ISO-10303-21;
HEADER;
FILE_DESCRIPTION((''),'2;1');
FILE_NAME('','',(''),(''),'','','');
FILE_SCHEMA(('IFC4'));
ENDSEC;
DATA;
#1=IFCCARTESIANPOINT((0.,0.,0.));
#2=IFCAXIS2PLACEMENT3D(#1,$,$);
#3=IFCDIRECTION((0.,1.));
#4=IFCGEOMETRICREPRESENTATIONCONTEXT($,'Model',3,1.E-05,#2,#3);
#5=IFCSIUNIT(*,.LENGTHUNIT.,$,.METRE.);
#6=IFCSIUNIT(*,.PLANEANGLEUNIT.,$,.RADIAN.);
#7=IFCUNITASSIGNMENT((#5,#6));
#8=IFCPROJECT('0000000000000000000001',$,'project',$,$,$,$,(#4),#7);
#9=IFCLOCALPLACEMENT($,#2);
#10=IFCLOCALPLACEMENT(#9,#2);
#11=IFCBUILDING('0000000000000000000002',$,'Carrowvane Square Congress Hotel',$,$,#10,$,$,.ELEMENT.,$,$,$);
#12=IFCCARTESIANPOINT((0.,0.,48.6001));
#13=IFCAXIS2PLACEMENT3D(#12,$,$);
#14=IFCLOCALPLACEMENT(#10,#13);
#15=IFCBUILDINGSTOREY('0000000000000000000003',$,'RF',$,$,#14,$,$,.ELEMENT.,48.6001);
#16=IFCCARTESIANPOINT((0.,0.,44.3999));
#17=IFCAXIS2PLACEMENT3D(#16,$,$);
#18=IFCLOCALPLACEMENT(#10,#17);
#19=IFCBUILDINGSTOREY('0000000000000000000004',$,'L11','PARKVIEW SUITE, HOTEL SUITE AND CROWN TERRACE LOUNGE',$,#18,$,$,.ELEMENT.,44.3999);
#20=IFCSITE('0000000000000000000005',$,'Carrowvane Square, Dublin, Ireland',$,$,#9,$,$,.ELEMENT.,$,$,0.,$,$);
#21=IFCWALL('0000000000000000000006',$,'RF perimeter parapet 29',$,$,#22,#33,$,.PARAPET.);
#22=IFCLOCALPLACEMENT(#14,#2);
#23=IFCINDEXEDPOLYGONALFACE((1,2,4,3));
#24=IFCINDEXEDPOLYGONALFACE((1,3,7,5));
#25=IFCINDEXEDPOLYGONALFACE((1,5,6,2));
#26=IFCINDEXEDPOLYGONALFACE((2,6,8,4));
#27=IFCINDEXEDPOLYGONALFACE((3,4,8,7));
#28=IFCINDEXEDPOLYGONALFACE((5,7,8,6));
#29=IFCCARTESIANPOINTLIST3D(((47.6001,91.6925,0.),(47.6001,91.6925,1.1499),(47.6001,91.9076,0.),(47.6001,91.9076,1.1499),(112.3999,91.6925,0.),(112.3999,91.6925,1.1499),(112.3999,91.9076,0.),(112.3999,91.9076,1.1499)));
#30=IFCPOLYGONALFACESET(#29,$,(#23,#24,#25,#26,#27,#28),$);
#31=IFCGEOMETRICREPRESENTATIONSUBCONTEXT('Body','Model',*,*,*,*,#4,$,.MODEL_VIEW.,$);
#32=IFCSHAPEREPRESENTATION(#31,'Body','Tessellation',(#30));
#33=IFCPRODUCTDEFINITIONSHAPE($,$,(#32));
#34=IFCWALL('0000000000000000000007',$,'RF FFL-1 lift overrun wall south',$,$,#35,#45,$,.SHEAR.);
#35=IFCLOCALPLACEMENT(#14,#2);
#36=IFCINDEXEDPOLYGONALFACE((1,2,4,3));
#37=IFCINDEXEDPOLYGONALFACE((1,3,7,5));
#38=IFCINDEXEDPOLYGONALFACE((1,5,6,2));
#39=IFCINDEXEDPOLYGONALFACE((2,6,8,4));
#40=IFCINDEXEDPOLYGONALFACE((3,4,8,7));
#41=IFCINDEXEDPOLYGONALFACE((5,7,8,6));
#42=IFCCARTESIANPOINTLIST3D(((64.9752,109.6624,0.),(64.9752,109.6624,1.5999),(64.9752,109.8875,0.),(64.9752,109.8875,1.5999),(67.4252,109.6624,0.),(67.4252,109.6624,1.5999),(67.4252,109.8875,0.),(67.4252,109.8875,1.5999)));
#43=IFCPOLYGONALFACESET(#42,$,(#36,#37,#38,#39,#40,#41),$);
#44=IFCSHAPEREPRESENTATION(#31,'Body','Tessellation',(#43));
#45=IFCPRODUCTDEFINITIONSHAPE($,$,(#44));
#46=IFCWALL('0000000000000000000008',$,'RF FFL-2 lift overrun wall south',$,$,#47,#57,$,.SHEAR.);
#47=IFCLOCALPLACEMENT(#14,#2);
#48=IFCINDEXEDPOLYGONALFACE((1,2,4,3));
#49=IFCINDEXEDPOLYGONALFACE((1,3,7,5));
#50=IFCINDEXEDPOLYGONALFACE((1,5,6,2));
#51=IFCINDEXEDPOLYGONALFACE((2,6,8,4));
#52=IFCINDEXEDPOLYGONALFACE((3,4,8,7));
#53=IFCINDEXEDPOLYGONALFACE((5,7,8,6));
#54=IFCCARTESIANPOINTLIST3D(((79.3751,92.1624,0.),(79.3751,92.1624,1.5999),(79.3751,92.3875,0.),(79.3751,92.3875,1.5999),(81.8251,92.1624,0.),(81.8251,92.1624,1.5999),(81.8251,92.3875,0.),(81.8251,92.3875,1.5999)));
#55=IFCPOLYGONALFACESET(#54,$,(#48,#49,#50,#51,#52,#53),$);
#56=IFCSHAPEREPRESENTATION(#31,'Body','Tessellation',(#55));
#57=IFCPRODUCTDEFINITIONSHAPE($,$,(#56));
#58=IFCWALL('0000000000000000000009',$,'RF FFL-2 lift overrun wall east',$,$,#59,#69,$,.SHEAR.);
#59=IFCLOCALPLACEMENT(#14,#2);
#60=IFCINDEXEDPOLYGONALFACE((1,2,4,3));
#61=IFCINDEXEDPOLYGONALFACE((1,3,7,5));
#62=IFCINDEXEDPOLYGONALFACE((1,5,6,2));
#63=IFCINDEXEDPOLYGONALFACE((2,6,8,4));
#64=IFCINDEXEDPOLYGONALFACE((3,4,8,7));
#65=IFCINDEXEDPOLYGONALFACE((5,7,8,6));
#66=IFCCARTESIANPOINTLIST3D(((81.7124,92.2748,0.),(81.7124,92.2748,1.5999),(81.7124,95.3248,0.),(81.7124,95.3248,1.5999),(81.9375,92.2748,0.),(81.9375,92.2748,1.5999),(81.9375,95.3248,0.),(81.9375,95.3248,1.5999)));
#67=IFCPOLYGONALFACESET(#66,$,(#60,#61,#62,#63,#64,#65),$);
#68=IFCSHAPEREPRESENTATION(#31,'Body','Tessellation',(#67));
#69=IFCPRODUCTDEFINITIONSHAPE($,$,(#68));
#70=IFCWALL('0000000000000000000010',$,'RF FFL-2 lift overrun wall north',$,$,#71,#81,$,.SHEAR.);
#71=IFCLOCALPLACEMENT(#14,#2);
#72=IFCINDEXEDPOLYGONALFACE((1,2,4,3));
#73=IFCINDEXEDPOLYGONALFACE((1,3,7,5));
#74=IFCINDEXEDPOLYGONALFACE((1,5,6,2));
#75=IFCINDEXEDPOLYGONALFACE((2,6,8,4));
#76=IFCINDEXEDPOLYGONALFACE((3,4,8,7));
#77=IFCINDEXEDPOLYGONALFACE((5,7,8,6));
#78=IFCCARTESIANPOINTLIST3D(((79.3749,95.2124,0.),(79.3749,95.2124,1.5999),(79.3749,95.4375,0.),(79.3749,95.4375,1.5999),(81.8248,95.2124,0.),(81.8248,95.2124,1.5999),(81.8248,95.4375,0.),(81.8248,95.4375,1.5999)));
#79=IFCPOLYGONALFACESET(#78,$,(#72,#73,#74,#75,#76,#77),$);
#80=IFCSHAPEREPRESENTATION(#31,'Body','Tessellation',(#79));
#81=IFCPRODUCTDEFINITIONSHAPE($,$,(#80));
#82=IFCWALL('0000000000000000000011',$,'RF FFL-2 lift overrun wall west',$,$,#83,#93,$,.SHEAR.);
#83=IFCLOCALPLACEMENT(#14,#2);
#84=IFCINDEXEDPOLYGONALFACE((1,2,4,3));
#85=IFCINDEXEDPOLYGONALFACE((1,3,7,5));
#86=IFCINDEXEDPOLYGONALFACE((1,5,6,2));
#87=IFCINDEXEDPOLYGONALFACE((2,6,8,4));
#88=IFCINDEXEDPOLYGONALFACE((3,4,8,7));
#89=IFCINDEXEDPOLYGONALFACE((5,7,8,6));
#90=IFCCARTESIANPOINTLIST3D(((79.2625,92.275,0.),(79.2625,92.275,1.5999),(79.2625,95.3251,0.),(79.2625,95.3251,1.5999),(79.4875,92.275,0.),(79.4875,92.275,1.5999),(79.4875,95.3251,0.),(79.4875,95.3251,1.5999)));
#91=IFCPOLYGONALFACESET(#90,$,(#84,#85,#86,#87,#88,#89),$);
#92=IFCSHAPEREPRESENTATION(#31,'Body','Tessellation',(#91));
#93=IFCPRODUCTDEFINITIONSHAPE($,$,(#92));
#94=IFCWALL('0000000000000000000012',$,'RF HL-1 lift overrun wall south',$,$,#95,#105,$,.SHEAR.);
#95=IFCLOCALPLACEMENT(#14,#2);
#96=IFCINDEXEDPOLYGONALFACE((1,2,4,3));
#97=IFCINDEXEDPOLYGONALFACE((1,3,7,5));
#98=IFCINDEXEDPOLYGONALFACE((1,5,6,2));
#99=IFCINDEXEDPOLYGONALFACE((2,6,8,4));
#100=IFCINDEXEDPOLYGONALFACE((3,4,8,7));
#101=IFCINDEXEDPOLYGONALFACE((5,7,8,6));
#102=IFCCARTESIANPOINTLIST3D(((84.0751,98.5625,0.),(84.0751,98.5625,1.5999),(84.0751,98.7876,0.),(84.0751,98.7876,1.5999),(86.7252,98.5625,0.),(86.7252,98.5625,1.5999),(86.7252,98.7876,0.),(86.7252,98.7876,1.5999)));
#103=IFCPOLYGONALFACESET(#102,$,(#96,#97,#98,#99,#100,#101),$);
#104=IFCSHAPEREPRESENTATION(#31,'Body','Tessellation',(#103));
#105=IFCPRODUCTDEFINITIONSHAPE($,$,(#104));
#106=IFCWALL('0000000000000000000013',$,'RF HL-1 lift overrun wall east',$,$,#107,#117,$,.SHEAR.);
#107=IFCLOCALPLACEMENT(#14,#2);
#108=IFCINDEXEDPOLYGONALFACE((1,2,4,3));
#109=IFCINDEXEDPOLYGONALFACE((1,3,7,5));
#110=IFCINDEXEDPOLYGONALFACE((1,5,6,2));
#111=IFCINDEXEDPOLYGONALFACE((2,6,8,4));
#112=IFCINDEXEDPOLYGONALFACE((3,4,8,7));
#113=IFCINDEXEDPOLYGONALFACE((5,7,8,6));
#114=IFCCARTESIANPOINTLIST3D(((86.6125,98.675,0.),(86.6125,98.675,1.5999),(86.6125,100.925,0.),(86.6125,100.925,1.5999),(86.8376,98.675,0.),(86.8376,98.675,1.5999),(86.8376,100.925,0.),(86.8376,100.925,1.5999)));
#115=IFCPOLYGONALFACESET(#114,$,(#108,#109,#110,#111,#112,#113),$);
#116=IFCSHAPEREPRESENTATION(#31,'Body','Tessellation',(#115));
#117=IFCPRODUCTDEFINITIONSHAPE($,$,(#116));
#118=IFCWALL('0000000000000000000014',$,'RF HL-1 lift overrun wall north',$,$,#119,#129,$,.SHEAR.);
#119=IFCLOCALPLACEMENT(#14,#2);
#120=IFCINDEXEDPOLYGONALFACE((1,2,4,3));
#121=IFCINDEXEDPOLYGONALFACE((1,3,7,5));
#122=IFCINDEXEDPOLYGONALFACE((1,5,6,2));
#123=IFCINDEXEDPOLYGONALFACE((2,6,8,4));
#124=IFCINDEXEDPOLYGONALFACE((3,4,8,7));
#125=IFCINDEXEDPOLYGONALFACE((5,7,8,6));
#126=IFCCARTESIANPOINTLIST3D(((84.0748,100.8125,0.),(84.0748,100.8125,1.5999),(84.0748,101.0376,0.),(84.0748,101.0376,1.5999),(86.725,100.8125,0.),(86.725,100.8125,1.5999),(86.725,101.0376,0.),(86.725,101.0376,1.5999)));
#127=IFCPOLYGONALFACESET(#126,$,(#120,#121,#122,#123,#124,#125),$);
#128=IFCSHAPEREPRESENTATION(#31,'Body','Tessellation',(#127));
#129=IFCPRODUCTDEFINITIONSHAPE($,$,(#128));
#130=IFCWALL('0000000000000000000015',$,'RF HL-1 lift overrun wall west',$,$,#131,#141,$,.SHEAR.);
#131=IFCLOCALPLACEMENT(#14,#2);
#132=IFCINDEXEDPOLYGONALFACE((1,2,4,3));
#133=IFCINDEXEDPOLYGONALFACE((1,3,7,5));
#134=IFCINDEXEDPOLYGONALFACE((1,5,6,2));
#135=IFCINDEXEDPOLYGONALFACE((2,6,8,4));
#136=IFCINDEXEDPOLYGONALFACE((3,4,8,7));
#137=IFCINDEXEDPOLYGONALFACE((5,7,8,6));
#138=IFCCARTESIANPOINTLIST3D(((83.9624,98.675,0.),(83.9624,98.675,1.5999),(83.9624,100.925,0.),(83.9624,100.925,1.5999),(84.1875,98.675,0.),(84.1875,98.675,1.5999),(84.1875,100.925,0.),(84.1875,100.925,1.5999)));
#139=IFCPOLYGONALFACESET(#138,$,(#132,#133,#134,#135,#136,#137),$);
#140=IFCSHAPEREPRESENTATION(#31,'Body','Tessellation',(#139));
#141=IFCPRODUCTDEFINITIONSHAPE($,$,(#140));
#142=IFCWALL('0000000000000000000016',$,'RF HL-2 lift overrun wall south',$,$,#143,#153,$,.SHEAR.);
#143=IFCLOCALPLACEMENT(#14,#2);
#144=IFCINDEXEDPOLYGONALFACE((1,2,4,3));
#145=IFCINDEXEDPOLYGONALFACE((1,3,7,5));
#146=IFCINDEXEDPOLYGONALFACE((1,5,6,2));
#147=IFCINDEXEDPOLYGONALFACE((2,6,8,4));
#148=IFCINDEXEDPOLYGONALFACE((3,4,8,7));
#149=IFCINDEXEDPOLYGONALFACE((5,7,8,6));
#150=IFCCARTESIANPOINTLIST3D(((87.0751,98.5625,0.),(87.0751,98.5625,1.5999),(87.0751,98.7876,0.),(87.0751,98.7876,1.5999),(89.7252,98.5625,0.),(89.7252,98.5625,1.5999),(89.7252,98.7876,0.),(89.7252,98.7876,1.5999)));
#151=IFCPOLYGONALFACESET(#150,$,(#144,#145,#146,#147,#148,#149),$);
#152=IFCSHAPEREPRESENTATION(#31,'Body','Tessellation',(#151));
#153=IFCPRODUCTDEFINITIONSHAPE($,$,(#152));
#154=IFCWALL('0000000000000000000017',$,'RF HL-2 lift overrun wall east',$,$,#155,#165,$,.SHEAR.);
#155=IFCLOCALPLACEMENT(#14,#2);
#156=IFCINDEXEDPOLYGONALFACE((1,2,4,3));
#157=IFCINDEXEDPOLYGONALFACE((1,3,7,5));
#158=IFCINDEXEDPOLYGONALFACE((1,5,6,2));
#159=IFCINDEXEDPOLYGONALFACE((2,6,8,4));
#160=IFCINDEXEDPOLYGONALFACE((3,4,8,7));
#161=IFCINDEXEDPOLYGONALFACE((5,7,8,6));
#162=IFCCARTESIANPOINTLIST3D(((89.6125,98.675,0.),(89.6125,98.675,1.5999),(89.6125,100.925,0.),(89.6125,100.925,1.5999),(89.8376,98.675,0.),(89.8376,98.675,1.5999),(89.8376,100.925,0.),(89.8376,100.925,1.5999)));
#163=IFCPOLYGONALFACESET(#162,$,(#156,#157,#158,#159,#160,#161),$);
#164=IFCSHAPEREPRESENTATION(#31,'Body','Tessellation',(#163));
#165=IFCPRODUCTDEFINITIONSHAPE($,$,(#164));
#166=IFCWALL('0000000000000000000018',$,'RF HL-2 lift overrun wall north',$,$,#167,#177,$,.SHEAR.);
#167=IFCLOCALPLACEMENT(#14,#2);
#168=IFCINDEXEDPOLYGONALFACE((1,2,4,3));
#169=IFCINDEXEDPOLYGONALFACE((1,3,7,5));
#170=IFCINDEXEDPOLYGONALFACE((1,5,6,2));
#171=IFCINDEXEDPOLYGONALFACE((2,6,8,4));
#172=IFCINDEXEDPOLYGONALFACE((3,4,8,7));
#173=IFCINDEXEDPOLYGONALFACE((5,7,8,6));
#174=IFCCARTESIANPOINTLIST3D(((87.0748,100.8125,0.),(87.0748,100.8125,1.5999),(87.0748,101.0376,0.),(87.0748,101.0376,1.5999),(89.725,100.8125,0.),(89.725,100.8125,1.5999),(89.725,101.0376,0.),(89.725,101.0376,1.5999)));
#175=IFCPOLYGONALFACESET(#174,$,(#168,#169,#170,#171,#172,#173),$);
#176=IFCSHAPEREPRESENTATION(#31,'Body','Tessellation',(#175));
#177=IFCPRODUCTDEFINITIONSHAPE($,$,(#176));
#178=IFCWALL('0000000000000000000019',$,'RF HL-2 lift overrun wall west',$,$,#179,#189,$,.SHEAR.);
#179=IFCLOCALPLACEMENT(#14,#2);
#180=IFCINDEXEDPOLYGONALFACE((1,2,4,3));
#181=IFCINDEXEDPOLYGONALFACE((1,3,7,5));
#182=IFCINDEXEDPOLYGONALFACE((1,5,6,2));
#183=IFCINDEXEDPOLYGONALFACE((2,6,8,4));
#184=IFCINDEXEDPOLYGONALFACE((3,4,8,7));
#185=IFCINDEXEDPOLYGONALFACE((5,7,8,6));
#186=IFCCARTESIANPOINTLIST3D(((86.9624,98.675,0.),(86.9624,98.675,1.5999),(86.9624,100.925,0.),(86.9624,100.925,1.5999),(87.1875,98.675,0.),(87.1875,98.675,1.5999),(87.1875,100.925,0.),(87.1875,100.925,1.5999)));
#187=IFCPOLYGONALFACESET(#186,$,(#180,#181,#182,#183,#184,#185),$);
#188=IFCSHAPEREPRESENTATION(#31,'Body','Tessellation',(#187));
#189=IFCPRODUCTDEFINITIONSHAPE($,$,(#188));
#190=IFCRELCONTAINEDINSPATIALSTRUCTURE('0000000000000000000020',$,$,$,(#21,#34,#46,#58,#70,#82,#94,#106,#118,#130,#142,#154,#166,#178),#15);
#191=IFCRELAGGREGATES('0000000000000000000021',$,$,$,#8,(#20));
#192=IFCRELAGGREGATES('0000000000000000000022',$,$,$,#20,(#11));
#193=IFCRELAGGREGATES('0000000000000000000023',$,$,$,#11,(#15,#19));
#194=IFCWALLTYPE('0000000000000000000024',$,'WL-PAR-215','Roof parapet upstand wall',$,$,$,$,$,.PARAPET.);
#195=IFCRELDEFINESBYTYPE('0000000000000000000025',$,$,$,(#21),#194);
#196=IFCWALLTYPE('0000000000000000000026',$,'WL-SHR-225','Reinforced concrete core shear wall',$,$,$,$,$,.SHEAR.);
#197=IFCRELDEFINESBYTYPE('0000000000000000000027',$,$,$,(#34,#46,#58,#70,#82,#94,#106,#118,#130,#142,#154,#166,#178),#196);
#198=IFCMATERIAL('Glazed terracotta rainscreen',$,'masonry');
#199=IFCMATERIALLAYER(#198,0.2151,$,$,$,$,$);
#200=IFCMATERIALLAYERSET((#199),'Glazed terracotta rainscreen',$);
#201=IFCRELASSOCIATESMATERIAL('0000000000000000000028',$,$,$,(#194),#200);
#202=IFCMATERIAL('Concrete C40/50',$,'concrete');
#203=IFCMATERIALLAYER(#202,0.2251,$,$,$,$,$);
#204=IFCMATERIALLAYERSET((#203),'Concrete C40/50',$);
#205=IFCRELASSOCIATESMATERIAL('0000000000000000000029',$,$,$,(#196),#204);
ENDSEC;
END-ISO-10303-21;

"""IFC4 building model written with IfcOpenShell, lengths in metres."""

from ifc_helpers import new_model, si_unit, direction, frame, frame_2d, origin, place, context, subcontext, project, spatial, rectangle, extrude, material, layer, layer_set, type_object, element, save


model = new_model("IFC4")

# Units and contexts
model_context = context("Model", 3, precision=1e-05, world=origin(), true_north=direction((0.0, 1.0)))
body_context = subcontext(model_context, "Body", "Model", "MODEL_VIEW")
ifc_project = project(units=[si_unit("LENGTHUNIT", "METRE"), si_unit("PLANEANGLEUNIT", "RADIAN")], contexts=[model_context])

# Site, building, storey
site_placement = place(None, origin())
site = spatial("IfcSite", under=ifc_project, at=site_placement, Name="Carrowvane Square, Dublin, Ireland", CompositionType="ELEMENT", RefElevation=0.0)
building_placement = place(site_placement, origin())
building = spatial("IfcBuilding", under=site, at=building_placement, Name="Carrowvane Square Congress Hotel", CompositionType="ELEMENT")
storey_1_placement = place(building_placement, frame((0.0, 0.0, 48.6001)))
storey_1 = spatial("IfcBuildingStorey", under=building, at=storey_1_placement, Name="RF", CompositionType="ELEMENT", Elevation=48.6001)

# Shared definitions
storey_2_placement = place(building_placement, frame((0.0, 0.0, 44.3999)))
storey_2 = spatial("IfcBuildingStorey", under=building, at=storey_2_placement, Name="L11", Description="PARKVIEW SUITE, HOTEL SUITE AND CROWN TERRACE LOUNGE", CompositionType="ELEMENT", Elevation=44.3999)

# Walls
ifc_material_1 = material(Name="Glazed terracotta rainscreen", Category="masonry")
ifc_layer_1 = layer(ifc_material_1, 0.2151)
ifc_layer_set_1 = layer_set([ifc_layer_1], Name="Glazed terracotta rainscreen")
wall_type_1 = type_object("IfcWallType", Name="WL-PAR-215", Description="Roof parapet upstand wall", PredefinedType="PARAPET", material=ifc_layer_set_1)
wall_1_placement = place(storey_1_placement, frame((112.3999, 91.8, 0.0), z_axis=(0.0, 0.0, 1.0), x_axis=(-1.0, 0.0, 0.0)))
element("IfcWall", 1, at=wall_1_placement, inside=storey_1, type_object=wall_type_1, Name="RF perimeter parapet 29", PredefinedType="PARAPET", context=body_context, shape_type="SweptSolid", body=[
    extrude(rectangle(XDim=64.7998, YDim=0.2151, at=frame_2d((32.3999, 0.0))), origin(), (0.0, 0.0, 1.0), 1.1499),
])
ifc_material_2 = material(Name="Concrete C40/50", Category="concrete")
ifc_layer_2 = layer(ifc_material_2, 0.2251)
ifc_layer_set_2 = layer_set([ifc_layer_2], Name="Concrete C40/50")
wall_type_2 = type_object("IfcWallType", Name="WL-SHR-225", Description="Reinforced concrete core shear wall", PredefinedType="SHEAR", material=ifc_layer_set_2)
for number, where, z_axis, x_axis, name in (
    (2, (64.9751, 109.7749, 0.0), (0.0, 0.0, 1.0), (1.0, 0.0, 0.0), "RF FFL-1 lift overrun wall south"),
    (3, (79.375, 92.2749, 0.0), (0.0, 0.0, 1.0), (1.0, 0.0, 0.0), "RF FFL-2 lift overrun wall south"),
):
    element("IfcWall", number, at=place(storey_1_placement, frame(where, z_axis=z_axis, x_axis=x_axis)), inside=storey_1, type_object=wall_type_2, Name=name, PredefinedType="SHEAR", context=body_context, shape_type="SweptSolid", body=[
        extrude(rectangle(XDim=2.45, YDim=0.2251, at=frame_2d((1.2251, 0.0))), origin(), (0.0, 0.0, 1.0), 1.5999),
    ])
wall_2_placement = place(storey_1_placement, frame((81.825, 92.2749, 0.0), z_axis=(0.0, 0.0, 1.0), x_axis=(0.0, 1.0, 0.0)))
element("IfcWall", 4, at=wall_2_placement, inside=storey_1, type_object=wall_type_2, Name="RF FFL-2 lift overrun wall east", PredefinedType="SHEAR", context=body_context, shape_type="SweptSolid", body=[
    extrude(rectangle(XDim=3.05, YDim=0.2251, at=frame_2d((1.5249, 0.0))), origin(), (0.0, 0.0, 1.0), 1.5999),
])
wall_3_placement = place(storey_1_placement, frame((81.825, 95.325, 0.0), z_axis=(0.0, 0.0, 1.0), x_axis=(-1.0, 0.0, 0.0)))
element("IfcWall", 5, at=wall_3_placement, inside=storey_1, type_object=wall_type_2, Name="RF FFL-2 lift overrun wall north", PredefinedType="SHEAR", context=body_context, shape_type="SweptSolid", body=[
    extrude(rectangle(XDim=2.45, YDim=0.2251, at=frame_2d((1.2251, 0.0))), origin(), (0.0, 0.0, 1.0), 1.5999),
])
wall_4_placement = place(storey_1_placement, frame((79.375, 95.325, 0.0), z_axis=(0.0, 0.0, 1.0), x_axis=(0.0, -1.0, 0.0)))
element("IfcWall", 6, at=wall_4_placement, inside=storey_1, type_object=wall_type_2, Name="RF FFL-2 lift overrun wall west", PredefinedType="SHEAR", context=body_context, shape_type="SweptSolid", body=[
    extrude(rectangle(XDim=3.05, YDim=0.2251, at=frame_2d((1.5249, 0.0))), origin(), (0.0, 0.0, 1.0), 1.5999),
])
wall_5_placement = place(storey_1_placement, frame((84.075, 98.675, 0.0), z_axis=(0.0, 0.0, 1.0), x_axis=(1.0, 0.0, 0.0)))
element("IfcWall", 7, at=wall_5_placement, inside=storey_1, type_object=wall_type_2, Name="RF HL-1 lift overrun wall south", PredefinedType="SHEAR", context=body_context, shape_type="SweptSolid", body=[
    extrude(rectangle(XDim=2.6501, YDim=0.2251, at=frame_2d((1.3252, 0.0))), origin(), (0.0, 0.0, 1.0), 1.5999),
])
wall_6_placement = place(storey_1_placement, frame((86.7251, 98.675, 0.0), z_axis=(0.0, 0.0, 1.0), x_axis=(0.0, 1.0, 0.0)))
element("IfcWall", 8, at=wall_6_placement, inside=storey_1, type_object=wall_type_2, Name="RF HL-1 lift overrun wall east", PredefinedType="SHEAR", context=body_context, shape_type="SweptSolid", body=[
    extrude(rectangle(XDim=2.25, YDim=0.2251, at=frame_2d((1.125, 0.0))), origin(), (0.0, 0.0, 1.0), 1.5999),
])
wall_7_placement = place(storey_1_placement, frame((86.7251, 100.925, 0.0), z_axis=(0.0, 0.0, 1.0), x_axis=(-1.0, 0.0, 0.0)))
element("IfcWall", 9, at=wall_7_placement, inside=storey_1, type_object=wall_type_2, Name="RF HL-1 lift overrun wall north", PredefinedType="SHEAR", context=body_context, shape_type="SweptSolid", body=[
    extrude(rectangle(XDim=2.6501, YDim=0.2251, at=frame_2d((1.3252, 0.0))), origin(), (0.0, 0.0, 1.0), 1.5999),
])
wall_8_placement = place(storey_1_placement, frame((84.075, 100.925, 0.0), z_axis=(0.0, 0.0, 1.0), x_axis=(0.0, -1.0, 0.0)))
element("IfcWall", 10, at=wall_8_placement, inside=storey_1, type_object=wall_type_2, Name="RF HL-1 lift overrun wall west", PredefinedType="SHEAR", context=body_context, shape_type="SweptSolid", body=[
    extrude(rectangle(XDim=2.25, YDim=0.2251, at=frame_2d((1.125, 0.0))), origin(), (0.0, 0.0, 1.0), 1.5999),
])
wall_9_placement = place(storey_1_placement, frame((87.075, 98.675, 0.0), z_axis=(0.0, 0.0, 1.0), x_axis=(1.0, 0.0, 0.0)))
element("IfcWall", 11, at=wall_9_placement, inside=storey_1, type_object=wall_type_2, Name="RF HL-2 lift overrun wall south", PredefinedType="SHEAR", context=body_context, shape_type="SweptSolid", body=[
    extrude(rectangle(XDim=2.6501, YDim=0.2251, at=frame_2d((1.3252, 0.0))), origin(), (0.0, 0.0, 1.0), 1.5999),
])
wall_10_placement = place(storey_1_placement, frame((89.7251, 98.675, 0.0), z_axis=(0.0, 0.0, 1.0), x_axis=(0.0, 1.0, 0.0)))
element("IfcWall", 12, at=wall_10_placement, inside=storey_1, type_object=wall_type_2, Name="RF HL-2 lift overrun wall east", PredefinedType="SHEAR", context=body_context, shape_type="SweptSolid", body=[
    extrude(rectangle(XDim=2.25, YDim=0.2251, at=frame_2d((1.125, 0.0))), origin(), (0.0, 0.0, 1.0), 1.5999),
])
wall_11_placement = place(storey_1_placement, frame((89.7251, 100.925, 0.0), z_axis=(0.0, 0.0, 1.0), x_axis=(-1.0, 0.0, 0.0)))
element("IfcWall", 13, at=wall_11_placement, inside=storey_1, type_object=wall_type_2, Name="RF HL-2 lift overrun wall north", PredefinedType="SHEAR", context=body_context, shape_type="SweptSolid", body=[
    extrude(rectangle(XDim=2.6501, YDim=0.2251, at=frame_2d((1.3252, 0.0))), origin(), (0.0, 0.0, 1.0), 1.5999),
])
wall_12_placement = place(storey_1_placement, frame((87.075, 100.925, 0.0), z_axis=(0.0, 0.0, 1.0), x_axis=(0.0, -1.0, 0.0)))
element("IfcWall", 14, at=wall_12_placement, inside=storey_1, type_object=wall_type_2, Name="RF HL-2 lift overrun wall west", PredefinedType="SHEAR", context=body_context, shape_type="SweptSolid", body=[
    extrude(rectangle(XDim=2.25, YDim=0.2251, at=frame_2d((1.125, 0.0))), origin(), (0.0, 0.0, 1.0), 1.5999),
])

save(model, "model.ifc")
